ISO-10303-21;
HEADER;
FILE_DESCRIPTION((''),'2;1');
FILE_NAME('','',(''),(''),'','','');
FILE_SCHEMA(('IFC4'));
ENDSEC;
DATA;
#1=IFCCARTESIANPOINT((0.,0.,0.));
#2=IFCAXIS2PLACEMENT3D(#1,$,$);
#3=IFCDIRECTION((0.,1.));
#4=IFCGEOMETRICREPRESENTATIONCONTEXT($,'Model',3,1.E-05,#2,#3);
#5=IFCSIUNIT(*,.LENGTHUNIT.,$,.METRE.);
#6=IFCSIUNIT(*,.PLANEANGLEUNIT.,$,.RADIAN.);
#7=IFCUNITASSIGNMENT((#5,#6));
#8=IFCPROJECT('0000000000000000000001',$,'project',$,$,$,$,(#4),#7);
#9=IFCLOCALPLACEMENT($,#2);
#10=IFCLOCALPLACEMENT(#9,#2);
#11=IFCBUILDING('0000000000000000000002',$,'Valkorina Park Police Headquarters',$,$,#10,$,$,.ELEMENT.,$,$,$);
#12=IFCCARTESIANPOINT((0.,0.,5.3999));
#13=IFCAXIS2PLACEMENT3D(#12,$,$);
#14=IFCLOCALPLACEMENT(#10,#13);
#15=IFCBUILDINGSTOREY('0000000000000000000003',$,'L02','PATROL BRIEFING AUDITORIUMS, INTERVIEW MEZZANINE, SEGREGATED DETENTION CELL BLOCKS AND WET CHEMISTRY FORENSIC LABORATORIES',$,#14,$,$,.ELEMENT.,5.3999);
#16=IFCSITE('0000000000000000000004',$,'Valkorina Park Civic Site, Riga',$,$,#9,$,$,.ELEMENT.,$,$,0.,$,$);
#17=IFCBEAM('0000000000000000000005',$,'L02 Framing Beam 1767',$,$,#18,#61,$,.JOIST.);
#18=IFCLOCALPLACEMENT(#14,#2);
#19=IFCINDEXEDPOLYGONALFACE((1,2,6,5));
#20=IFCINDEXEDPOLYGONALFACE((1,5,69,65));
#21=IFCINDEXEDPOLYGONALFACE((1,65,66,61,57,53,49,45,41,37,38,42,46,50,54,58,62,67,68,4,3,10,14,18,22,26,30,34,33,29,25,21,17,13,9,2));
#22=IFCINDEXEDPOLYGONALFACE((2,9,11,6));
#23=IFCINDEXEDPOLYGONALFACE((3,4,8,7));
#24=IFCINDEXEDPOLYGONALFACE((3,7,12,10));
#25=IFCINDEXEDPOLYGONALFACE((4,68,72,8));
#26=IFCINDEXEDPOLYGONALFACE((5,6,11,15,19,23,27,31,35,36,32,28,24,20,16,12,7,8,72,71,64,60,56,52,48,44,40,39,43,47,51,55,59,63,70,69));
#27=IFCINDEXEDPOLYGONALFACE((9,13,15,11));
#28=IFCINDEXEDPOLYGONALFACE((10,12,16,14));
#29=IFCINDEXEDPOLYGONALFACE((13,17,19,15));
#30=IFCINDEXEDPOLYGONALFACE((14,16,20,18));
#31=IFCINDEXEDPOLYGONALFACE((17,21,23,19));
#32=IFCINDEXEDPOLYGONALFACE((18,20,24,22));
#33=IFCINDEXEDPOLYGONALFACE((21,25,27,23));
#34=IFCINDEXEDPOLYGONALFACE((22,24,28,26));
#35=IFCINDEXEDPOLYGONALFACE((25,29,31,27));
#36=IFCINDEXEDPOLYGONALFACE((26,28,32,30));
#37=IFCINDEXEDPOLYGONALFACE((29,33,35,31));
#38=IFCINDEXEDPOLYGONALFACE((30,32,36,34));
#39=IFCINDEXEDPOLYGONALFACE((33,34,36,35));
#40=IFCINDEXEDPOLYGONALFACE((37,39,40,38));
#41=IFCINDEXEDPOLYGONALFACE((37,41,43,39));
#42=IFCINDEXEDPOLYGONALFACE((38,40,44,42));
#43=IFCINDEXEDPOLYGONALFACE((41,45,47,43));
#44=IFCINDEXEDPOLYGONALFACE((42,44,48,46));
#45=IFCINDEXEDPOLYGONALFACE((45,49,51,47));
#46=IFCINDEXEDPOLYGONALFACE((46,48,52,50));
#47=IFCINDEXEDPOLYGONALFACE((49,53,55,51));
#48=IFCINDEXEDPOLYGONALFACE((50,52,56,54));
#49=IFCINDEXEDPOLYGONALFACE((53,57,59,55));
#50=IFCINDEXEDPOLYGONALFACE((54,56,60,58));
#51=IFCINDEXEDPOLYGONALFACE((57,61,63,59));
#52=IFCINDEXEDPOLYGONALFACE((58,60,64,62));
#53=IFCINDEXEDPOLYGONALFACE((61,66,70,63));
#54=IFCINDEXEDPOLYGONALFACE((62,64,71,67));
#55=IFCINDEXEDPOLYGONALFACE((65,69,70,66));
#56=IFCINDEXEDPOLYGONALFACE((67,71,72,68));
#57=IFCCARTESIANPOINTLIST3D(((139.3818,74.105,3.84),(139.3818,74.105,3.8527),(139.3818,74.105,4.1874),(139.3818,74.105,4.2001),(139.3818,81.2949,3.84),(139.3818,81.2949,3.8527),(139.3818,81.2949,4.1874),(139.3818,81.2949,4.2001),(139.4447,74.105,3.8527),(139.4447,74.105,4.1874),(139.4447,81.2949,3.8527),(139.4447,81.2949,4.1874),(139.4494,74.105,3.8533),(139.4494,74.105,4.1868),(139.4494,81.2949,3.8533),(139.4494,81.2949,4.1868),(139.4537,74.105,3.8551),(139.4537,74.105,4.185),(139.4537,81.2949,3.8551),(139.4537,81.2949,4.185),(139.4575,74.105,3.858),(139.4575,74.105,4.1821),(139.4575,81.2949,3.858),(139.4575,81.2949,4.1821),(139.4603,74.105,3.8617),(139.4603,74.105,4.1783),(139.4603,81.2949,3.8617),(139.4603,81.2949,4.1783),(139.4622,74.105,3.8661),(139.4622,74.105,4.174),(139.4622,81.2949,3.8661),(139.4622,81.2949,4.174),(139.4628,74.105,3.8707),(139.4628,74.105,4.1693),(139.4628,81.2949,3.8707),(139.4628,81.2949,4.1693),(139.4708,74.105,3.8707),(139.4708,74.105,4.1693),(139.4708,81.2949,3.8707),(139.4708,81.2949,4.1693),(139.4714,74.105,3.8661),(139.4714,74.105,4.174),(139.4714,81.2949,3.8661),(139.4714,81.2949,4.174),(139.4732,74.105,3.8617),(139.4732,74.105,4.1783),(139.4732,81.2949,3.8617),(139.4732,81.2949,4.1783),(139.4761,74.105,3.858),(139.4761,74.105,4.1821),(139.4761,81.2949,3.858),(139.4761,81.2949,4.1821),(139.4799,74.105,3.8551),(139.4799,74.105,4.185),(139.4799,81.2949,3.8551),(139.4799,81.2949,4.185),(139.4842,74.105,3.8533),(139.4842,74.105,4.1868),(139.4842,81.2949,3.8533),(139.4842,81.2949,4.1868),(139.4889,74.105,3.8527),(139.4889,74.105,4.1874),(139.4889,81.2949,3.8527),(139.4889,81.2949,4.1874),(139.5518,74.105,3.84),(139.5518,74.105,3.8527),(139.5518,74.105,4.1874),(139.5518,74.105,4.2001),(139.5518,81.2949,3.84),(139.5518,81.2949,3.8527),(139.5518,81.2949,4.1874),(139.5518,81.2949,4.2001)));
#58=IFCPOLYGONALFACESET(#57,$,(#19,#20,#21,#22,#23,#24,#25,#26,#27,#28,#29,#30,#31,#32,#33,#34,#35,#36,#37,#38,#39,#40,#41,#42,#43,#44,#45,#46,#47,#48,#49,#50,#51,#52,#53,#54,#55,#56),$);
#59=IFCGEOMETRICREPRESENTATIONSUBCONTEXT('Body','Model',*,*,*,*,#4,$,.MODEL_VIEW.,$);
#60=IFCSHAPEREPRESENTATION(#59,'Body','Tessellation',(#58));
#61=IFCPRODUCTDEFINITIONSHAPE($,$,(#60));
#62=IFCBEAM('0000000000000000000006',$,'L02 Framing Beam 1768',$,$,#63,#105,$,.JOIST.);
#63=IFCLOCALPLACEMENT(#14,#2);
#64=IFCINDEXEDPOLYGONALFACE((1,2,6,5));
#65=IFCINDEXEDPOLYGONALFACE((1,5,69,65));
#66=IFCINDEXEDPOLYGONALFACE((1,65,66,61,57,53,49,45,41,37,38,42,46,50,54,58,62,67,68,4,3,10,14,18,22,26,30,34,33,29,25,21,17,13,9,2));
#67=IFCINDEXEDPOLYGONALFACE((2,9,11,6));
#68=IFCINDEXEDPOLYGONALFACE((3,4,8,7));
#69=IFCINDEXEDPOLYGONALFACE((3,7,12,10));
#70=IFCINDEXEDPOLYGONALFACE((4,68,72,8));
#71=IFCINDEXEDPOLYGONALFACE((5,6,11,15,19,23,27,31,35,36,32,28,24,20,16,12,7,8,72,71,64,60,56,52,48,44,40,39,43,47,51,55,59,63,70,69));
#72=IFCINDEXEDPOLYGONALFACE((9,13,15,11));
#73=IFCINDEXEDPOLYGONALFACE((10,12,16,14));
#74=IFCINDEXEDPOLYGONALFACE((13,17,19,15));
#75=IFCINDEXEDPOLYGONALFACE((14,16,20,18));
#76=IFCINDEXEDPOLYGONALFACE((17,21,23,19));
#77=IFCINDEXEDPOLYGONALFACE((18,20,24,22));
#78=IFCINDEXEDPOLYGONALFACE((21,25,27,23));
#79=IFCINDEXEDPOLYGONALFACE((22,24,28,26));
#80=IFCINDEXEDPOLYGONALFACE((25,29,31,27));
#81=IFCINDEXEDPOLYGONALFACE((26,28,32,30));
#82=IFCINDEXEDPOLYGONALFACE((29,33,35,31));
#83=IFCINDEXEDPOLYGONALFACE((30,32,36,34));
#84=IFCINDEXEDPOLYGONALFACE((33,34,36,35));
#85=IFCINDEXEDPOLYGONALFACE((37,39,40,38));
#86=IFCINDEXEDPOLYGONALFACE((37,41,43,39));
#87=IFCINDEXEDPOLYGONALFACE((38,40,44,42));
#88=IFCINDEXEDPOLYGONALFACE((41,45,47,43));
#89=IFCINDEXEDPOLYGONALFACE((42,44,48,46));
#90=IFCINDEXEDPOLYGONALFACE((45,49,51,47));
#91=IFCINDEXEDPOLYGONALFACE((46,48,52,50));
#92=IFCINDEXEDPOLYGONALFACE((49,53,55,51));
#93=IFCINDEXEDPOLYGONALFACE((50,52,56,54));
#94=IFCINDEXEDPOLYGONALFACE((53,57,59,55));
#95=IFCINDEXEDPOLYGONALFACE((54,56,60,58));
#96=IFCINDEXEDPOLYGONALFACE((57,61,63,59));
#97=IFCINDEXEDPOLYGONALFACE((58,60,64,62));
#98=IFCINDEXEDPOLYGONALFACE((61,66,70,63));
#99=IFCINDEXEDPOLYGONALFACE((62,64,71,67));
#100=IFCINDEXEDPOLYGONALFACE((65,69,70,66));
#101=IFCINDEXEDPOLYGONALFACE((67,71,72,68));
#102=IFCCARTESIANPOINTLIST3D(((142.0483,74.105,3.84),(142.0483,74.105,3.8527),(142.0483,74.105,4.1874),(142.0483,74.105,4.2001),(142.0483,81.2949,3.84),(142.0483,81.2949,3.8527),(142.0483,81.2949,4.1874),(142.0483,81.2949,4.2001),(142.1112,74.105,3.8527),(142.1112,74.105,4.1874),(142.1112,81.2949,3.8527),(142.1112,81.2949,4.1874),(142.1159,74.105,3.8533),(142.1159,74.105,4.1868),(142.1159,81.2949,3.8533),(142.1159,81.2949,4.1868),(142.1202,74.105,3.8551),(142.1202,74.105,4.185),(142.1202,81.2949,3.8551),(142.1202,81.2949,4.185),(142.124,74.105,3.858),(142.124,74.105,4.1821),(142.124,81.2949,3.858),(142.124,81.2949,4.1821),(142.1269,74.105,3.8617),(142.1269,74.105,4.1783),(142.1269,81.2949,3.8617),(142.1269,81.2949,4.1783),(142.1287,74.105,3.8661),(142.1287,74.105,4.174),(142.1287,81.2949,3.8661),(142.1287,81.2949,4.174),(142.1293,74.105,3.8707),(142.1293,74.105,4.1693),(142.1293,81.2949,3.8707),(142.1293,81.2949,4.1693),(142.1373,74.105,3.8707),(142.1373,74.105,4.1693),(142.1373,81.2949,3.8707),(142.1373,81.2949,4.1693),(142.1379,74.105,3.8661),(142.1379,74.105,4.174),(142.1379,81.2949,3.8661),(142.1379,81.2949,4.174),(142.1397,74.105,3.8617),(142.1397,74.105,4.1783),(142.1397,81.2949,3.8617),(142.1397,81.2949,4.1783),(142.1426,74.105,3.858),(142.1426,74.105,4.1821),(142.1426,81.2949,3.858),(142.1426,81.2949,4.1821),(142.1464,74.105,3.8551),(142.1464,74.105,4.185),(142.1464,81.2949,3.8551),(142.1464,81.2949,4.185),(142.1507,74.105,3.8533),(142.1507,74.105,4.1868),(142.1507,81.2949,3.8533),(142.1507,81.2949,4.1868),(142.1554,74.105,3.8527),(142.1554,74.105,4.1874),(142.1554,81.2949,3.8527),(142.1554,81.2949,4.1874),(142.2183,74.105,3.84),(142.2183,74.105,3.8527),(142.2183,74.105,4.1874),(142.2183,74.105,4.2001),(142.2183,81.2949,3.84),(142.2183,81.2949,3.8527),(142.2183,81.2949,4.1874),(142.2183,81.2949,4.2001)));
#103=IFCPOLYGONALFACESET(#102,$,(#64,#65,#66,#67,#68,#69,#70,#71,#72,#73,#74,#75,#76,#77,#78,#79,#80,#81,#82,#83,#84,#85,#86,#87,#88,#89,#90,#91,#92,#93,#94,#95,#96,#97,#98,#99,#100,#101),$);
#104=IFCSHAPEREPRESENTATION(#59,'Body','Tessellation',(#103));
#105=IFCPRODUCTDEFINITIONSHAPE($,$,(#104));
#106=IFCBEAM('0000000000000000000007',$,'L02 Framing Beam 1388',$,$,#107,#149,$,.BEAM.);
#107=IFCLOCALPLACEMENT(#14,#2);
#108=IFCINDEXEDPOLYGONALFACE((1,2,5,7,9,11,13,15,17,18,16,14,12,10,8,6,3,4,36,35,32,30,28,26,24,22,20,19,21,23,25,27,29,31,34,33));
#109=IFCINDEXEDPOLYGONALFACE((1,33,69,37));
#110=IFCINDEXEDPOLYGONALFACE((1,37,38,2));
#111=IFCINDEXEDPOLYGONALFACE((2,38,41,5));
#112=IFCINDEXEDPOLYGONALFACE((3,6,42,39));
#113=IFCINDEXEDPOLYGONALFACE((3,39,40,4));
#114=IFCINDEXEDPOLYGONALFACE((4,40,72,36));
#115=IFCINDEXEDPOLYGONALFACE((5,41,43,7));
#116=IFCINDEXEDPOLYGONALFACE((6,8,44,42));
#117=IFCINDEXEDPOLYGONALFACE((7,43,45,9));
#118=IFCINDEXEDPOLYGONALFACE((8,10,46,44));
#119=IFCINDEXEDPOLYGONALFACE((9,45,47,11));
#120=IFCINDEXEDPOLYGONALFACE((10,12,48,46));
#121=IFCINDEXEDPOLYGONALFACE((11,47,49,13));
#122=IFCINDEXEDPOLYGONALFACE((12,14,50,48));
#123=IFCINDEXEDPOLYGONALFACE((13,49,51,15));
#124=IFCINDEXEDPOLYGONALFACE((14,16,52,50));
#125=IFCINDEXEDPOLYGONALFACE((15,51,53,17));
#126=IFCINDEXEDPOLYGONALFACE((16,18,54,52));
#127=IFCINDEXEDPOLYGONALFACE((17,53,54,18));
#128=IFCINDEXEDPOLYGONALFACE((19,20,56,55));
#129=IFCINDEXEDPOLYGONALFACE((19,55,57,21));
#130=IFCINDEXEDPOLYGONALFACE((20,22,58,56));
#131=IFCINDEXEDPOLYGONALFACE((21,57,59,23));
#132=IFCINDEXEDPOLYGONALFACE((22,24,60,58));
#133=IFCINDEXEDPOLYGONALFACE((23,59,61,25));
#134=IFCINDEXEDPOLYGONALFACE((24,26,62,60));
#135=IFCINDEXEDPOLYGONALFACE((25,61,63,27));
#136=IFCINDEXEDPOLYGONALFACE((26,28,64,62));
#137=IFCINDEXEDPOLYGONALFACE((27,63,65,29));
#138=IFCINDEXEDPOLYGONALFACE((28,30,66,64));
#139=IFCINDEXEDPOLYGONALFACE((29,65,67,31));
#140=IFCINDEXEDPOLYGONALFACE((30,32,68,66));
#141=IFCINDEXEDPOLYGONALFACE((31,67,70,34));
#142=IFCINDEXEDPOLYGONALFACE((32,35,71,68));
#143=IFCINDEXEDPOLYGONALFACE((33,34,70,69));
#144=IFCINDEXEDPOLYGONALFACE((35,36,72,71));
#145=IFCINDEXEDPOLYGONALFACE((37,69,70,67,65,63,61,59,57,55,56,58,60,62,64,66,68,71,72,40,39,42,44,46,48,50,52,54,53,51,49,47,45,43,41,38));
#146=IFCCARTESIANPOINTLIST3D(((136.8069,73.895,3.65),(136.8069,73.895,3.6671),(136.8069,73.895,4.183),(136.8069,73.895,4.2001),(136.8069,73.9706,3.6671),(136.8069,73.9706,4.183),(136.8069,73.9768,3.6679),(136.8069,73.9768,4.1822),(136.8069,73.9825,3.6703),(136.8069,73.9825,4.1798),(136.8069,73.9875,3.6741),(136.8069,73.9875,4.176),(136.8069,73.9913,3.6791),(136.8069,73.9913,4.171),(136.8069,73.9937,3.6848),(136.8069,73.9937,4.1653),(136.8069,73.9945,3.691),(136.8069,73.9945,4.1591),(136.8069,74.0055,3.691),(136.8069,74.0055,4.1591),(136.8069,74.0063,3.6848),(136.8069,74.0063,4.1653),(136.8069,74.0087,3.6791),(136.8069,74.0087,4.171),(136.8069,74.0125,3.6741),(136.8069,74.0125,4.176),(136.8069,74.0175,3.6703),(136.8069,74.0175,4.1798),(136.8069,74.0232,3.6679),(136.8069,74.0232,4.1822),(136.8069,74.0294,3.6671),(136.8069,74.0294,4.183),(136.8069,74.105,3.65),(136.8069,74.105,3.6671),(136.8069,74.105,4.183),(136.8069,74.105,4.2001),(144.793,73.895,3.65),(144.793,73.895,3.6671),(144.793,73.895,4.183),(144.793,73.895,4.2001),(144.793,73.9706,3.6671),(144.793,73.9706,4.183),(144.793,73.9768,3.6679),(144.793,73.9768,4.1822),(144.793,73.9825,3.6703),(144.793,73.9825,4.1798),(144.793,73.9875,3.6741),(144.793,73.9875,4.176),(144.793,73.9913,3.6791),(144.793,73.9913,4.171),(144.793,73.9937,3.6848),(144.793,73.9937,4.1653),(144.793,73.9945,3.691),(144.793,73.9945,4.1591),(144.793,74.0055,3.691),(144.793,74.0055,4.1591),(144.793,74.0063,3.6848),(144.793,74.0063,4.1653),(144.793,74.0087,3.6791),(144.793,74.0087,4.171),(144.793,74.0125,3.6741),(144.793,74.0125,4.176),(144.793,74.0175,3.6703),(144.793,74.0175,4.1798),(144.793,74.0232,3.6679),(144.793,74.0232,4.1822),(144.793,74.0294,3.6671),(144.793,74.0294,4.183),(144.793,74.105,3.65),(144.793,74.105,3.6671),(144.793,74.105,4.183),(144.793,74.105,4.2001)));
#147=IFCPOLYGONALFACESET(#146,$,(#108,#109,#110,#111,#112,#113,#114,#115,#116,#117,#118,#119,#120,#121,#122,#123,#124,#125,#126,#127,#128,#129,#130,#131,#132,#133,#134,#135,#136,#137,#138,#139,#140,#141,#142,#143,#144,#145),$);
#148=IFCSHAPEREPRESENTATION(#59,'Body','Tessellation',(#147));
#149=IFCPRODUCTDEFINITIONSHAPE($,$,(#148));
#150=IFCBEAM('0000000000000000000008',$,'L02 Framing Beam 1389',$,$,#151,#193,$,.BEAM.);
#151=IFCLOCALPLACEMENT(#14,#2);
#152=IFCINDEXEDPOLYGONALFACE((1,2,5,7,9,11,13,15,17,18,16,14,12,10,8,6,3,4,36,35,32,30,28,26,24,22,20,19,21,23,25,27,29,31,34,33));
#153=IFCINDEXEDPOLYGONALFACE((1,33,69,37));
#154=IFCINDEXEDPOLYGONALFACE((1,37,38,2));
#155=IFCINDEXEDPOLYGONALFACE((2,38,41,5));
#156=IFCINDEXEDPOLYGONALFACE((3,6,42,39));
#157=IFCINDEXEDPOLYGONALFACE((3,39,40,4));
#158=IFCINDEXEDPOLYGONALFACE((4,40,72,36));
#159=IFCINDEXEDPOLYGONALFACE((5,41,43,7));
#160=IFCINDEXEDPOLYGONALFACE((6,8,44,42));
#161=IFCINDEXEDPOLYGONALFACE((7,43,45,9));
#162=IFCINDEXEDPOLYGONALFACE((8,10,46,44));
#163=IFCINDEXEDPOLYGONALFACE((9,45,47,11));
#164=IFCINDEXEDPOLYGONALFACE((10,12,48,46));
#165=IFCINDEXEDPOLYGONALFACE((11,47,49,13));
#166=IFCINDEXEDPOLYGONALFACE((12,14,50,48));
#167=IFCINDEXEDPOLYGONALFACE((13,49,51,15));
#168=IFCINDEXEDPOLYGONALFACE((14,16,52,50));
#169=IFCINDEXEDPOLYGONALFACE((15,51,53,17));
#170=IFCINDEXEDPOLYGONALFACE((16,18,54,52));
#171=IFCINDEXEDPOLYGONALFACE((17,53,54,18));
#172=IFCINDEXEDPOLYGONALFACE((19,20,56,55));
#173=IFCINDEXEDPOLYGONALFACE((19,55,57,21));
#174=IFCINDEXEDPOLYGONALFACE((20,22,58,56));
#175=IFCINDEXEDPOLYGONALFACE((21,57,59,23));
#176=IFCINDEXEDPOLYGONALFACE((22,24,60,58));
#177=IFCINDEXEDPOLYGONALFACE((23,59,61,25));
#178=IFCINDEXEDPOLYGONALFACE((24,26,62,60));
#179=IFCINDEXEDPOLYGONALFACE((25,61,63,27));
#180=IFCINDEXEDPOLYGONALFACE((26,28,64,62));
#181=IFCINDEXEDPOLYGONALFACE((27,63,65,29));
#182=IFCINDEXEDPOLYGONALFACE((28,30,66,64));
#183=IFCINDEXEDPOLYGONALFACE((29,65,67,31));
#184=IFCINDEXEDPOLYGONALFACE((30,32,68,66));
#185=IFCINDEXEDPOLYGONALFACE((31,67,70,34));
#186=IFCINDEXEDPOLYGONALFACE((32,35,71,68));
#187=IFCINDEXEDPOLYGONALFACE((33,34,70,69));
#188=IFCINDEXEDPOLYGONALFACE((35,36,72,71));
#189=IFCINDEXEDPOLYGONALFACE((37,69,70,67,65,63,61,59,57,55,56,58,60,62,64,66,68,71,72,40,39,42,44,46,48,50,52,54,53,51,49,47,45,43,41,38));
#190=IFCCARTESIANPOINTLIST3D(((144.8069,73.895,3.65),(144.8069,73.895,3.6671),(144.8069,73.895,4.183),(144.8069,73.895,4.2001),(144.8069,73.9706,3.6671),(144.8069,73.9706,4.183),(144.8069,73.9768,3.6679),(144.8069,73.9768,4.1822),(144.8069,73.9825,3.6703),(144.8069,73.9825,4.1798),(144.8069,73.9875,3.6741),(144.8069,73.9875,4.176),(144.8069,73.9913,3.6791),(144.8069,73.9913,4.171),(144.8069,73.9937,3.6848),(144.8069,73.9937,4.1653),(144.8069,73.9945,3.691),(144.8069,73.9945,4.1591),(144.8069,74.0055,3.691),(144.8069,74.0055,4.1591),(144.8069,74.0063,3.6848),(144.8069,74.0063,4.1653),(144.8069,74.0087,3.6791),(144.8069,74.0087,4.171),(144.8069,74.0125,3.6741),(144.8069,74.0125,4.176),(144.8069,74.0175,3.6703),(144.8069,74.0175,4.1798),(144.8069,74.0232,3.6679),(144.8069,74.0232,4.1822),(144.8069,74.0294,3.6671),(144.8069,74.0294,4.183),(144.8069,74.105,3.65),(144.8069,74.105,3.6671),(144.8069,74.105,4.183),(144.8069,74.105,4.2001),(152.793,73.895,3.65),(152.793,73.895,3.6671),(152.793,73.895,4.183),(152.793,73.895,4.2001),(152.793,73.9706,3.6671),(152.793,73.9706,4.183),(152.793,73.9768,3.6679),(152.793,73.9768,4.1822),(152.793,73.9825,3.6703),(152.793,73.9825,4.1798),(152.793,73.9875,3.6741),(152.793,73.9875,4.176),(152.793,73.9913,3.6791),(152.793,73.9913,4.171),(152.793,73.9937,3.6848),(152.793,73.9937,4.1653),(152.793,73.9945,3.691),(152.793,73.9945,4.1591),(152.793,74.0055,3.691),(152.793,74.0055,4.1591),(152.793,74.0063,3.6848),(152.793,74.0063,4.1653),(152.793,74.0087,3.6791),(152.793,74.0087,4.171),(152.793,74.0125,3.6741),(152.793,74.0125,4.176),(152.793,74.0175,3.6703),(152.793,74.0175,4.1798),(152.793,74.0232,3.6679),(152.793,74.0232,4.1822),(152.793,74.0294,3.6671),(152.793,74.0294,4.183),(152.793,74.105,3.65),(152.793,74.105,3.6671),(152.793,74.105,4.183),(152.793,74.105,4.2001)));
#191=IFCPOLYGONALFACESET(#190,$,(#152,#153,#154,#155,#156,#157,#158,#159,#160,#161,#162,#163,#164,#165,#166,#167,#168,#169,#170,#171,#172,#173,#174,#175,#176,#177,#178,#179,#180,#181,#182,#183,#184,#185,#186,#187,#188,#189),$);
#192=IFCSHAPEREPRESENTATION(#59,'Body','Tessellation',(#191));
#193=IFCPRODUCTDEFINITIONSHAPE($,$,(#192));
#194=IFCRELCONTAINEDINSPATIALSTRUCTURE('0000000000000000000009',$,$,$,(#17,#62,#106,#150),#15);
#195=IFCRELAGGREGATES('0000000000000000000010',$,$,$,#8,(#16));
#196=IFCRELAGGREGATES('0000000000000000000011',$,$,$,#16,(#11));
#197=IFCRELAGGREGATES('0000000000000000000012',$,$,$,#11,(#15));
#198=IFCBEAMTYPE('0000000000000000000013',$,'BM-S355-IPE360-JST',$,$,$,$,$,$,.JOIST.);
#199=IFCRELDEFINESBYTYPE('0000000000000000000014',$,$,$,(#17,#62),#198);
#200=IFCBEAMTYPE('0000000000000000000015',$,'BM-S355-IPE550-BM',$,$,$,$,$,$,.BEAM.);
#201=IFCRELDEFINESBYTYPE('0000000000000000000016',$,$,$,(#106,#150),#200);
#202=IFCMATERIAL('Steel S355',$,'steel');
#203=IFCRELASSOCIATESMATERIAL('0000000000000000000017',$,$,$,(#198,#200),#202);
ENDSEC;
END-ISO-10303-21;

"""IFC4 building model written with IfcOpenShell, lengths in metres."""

from ifc_helpers import new_model, si_unit, direction, frame, origin, origin_2d, place, context, subcontext, project, spatial, i_section, extrude, material, material_profile, profile_set, type_object, element, save


model = new_model("IFC4")

# Units and contexts
model_context = context("Model", 3, precision=1e-05, world=origin(), true_north=direction((0.0, 1.0)))
body_context = subcontext(model_context, "Body", "Model", "MODEL_VIEW")
ifc_project = project(units=[si_unit("LENGTHUNIT", "METRE"), si_unit("PLANEANGLEUNIT", "RADIAN")], contexts=[model_context])

# Site, building, storey
site_placement = place(None, origin())
site = spatial("IfcSite", under=ifc_project, at=site_placement, Name="Valkorina Park Civic Site, Riga", CompositionType="ELEMENT", RefElevation=0.0)
building_placement = place(site_placement, origin())
building = spatial("IfcBuilding", under=site, at=building_placement, Name="Valkorina Park Police Headquarters", CompositionType="ELEMENT")
storey_placement = place(building_placement, frame((0.0, 0.0, 5.3999)))
storey = spatial("IfcBuildingStorey", under=building, at=storey_placement, Name="L02", Description="PATROL BRIEFING AUDITORIUMS, INTERVIEW MEZZANINE, SEGREGATED DETENTION CELL BLOCKS AND WET CHEMISTRY FORENSIC LABORATORIES", CompositionType="ELEMENT", Elevation=5.3999)

# Shared definitions
ifc_material = material(Name="Steel S355", Category="steel")

# Beams
ifc_material_profile_1 = material_profile(ifc_material, i_section(OverallWidth=0.1699, OverallDepth=0.3601, WebThickness=0.0081, FlangeThickness=0.0127, FilletRadius=0.0181, at=origin_2d()), Name="IPE 360")
ifc_profile_set_1 = profile_set([ifc_material_profile_1], Name="Steel S355")
beam_type_1 = type_object("IfcBeamType", Name="BM-S355-IPE360-JST", PredefinedType="JOIST", material=ifc_profile_set_1)
for number, where, z_axis, x_axis, name in (
    (1, (139.4668, 74.105, 4.02), (0.0, 1.0, 0.0), (-1.0, 0.0, 0.0), "L02 Framing Beam 1767"),
    (2, (142.1333, 74.105, 4.02), (0.0, 1.0, 0.0), (-1.0, 0.0, 0.0), "L02 Framing Beam 1768"),
):
    element("IfcBeam", number, at=place(storey_placement, frame(where, z_axis=z_axis, x_axis=x_axis)), inside=storey, type_object=beam_type_1, Name=name, PredefinedType="JOIST", context=body_context, shape_type="SweptSolid", body=[
        extrude(i_section(OverallWidth=0.1699, OverallDepth=0.3601, WebThickness=0.0081, FlangeThickness=0.0127, FilletRadius=0.0181, at=origin_2d()), origin(), (0.0, 0.0, 1.0), 7.1899),
    ])
ifc_material_profile_2 = material_profile(ifc_material, i_section(OverallWidth=0.21, OverallDepth=0.55, WebThickness=0.011, FlangeThickness=0.0171, FilletRadius=0.0239, at=origin_2d()), Name="IPE 550")
ifc_profile_set_2 = profile_set([ifc_material_profile_2], Name="Steel S355")
beam_type_2 = type_object("IfcBeamType", Name="BM-S355-IPE550-BM", PredefinedType="BEAM", material=ifc_profile_set_2)
for number, where, z_axis, x_axis, name in (
    (3, (136.8069, 74.0, 3.925), (1.0, 0.0, 0.0), (0.0, 1.0, 0.0), "L02 Framing Beam 1388"),
    (4, (144.8069, 74.0, 3.925), (1.0, 0.0, 0.0), (0.0, 1.0, 0.0), "L02 Framing Beam 1389"),
):
    element("IfcBeam", number, at=place(storey_placement, frame(where, z_axis=z_axis, x_axis=x_axis)), inside=storey, type_object=beam_type_2, Name=name, PredefinedType="BEAM", context=body_context, shape_type="SweptSolid", body=[
        extrude(i_section(OverallWidth=0.21, OverallDepth=0.55, WebThickness=0.011, FlangeThickness=0.0171, FilletRadius=0.0239, at=origin_2d()), origin(), (0.0, 0.0, 1.0), 7.9861),
    ])

save(model, "model.ifc")
